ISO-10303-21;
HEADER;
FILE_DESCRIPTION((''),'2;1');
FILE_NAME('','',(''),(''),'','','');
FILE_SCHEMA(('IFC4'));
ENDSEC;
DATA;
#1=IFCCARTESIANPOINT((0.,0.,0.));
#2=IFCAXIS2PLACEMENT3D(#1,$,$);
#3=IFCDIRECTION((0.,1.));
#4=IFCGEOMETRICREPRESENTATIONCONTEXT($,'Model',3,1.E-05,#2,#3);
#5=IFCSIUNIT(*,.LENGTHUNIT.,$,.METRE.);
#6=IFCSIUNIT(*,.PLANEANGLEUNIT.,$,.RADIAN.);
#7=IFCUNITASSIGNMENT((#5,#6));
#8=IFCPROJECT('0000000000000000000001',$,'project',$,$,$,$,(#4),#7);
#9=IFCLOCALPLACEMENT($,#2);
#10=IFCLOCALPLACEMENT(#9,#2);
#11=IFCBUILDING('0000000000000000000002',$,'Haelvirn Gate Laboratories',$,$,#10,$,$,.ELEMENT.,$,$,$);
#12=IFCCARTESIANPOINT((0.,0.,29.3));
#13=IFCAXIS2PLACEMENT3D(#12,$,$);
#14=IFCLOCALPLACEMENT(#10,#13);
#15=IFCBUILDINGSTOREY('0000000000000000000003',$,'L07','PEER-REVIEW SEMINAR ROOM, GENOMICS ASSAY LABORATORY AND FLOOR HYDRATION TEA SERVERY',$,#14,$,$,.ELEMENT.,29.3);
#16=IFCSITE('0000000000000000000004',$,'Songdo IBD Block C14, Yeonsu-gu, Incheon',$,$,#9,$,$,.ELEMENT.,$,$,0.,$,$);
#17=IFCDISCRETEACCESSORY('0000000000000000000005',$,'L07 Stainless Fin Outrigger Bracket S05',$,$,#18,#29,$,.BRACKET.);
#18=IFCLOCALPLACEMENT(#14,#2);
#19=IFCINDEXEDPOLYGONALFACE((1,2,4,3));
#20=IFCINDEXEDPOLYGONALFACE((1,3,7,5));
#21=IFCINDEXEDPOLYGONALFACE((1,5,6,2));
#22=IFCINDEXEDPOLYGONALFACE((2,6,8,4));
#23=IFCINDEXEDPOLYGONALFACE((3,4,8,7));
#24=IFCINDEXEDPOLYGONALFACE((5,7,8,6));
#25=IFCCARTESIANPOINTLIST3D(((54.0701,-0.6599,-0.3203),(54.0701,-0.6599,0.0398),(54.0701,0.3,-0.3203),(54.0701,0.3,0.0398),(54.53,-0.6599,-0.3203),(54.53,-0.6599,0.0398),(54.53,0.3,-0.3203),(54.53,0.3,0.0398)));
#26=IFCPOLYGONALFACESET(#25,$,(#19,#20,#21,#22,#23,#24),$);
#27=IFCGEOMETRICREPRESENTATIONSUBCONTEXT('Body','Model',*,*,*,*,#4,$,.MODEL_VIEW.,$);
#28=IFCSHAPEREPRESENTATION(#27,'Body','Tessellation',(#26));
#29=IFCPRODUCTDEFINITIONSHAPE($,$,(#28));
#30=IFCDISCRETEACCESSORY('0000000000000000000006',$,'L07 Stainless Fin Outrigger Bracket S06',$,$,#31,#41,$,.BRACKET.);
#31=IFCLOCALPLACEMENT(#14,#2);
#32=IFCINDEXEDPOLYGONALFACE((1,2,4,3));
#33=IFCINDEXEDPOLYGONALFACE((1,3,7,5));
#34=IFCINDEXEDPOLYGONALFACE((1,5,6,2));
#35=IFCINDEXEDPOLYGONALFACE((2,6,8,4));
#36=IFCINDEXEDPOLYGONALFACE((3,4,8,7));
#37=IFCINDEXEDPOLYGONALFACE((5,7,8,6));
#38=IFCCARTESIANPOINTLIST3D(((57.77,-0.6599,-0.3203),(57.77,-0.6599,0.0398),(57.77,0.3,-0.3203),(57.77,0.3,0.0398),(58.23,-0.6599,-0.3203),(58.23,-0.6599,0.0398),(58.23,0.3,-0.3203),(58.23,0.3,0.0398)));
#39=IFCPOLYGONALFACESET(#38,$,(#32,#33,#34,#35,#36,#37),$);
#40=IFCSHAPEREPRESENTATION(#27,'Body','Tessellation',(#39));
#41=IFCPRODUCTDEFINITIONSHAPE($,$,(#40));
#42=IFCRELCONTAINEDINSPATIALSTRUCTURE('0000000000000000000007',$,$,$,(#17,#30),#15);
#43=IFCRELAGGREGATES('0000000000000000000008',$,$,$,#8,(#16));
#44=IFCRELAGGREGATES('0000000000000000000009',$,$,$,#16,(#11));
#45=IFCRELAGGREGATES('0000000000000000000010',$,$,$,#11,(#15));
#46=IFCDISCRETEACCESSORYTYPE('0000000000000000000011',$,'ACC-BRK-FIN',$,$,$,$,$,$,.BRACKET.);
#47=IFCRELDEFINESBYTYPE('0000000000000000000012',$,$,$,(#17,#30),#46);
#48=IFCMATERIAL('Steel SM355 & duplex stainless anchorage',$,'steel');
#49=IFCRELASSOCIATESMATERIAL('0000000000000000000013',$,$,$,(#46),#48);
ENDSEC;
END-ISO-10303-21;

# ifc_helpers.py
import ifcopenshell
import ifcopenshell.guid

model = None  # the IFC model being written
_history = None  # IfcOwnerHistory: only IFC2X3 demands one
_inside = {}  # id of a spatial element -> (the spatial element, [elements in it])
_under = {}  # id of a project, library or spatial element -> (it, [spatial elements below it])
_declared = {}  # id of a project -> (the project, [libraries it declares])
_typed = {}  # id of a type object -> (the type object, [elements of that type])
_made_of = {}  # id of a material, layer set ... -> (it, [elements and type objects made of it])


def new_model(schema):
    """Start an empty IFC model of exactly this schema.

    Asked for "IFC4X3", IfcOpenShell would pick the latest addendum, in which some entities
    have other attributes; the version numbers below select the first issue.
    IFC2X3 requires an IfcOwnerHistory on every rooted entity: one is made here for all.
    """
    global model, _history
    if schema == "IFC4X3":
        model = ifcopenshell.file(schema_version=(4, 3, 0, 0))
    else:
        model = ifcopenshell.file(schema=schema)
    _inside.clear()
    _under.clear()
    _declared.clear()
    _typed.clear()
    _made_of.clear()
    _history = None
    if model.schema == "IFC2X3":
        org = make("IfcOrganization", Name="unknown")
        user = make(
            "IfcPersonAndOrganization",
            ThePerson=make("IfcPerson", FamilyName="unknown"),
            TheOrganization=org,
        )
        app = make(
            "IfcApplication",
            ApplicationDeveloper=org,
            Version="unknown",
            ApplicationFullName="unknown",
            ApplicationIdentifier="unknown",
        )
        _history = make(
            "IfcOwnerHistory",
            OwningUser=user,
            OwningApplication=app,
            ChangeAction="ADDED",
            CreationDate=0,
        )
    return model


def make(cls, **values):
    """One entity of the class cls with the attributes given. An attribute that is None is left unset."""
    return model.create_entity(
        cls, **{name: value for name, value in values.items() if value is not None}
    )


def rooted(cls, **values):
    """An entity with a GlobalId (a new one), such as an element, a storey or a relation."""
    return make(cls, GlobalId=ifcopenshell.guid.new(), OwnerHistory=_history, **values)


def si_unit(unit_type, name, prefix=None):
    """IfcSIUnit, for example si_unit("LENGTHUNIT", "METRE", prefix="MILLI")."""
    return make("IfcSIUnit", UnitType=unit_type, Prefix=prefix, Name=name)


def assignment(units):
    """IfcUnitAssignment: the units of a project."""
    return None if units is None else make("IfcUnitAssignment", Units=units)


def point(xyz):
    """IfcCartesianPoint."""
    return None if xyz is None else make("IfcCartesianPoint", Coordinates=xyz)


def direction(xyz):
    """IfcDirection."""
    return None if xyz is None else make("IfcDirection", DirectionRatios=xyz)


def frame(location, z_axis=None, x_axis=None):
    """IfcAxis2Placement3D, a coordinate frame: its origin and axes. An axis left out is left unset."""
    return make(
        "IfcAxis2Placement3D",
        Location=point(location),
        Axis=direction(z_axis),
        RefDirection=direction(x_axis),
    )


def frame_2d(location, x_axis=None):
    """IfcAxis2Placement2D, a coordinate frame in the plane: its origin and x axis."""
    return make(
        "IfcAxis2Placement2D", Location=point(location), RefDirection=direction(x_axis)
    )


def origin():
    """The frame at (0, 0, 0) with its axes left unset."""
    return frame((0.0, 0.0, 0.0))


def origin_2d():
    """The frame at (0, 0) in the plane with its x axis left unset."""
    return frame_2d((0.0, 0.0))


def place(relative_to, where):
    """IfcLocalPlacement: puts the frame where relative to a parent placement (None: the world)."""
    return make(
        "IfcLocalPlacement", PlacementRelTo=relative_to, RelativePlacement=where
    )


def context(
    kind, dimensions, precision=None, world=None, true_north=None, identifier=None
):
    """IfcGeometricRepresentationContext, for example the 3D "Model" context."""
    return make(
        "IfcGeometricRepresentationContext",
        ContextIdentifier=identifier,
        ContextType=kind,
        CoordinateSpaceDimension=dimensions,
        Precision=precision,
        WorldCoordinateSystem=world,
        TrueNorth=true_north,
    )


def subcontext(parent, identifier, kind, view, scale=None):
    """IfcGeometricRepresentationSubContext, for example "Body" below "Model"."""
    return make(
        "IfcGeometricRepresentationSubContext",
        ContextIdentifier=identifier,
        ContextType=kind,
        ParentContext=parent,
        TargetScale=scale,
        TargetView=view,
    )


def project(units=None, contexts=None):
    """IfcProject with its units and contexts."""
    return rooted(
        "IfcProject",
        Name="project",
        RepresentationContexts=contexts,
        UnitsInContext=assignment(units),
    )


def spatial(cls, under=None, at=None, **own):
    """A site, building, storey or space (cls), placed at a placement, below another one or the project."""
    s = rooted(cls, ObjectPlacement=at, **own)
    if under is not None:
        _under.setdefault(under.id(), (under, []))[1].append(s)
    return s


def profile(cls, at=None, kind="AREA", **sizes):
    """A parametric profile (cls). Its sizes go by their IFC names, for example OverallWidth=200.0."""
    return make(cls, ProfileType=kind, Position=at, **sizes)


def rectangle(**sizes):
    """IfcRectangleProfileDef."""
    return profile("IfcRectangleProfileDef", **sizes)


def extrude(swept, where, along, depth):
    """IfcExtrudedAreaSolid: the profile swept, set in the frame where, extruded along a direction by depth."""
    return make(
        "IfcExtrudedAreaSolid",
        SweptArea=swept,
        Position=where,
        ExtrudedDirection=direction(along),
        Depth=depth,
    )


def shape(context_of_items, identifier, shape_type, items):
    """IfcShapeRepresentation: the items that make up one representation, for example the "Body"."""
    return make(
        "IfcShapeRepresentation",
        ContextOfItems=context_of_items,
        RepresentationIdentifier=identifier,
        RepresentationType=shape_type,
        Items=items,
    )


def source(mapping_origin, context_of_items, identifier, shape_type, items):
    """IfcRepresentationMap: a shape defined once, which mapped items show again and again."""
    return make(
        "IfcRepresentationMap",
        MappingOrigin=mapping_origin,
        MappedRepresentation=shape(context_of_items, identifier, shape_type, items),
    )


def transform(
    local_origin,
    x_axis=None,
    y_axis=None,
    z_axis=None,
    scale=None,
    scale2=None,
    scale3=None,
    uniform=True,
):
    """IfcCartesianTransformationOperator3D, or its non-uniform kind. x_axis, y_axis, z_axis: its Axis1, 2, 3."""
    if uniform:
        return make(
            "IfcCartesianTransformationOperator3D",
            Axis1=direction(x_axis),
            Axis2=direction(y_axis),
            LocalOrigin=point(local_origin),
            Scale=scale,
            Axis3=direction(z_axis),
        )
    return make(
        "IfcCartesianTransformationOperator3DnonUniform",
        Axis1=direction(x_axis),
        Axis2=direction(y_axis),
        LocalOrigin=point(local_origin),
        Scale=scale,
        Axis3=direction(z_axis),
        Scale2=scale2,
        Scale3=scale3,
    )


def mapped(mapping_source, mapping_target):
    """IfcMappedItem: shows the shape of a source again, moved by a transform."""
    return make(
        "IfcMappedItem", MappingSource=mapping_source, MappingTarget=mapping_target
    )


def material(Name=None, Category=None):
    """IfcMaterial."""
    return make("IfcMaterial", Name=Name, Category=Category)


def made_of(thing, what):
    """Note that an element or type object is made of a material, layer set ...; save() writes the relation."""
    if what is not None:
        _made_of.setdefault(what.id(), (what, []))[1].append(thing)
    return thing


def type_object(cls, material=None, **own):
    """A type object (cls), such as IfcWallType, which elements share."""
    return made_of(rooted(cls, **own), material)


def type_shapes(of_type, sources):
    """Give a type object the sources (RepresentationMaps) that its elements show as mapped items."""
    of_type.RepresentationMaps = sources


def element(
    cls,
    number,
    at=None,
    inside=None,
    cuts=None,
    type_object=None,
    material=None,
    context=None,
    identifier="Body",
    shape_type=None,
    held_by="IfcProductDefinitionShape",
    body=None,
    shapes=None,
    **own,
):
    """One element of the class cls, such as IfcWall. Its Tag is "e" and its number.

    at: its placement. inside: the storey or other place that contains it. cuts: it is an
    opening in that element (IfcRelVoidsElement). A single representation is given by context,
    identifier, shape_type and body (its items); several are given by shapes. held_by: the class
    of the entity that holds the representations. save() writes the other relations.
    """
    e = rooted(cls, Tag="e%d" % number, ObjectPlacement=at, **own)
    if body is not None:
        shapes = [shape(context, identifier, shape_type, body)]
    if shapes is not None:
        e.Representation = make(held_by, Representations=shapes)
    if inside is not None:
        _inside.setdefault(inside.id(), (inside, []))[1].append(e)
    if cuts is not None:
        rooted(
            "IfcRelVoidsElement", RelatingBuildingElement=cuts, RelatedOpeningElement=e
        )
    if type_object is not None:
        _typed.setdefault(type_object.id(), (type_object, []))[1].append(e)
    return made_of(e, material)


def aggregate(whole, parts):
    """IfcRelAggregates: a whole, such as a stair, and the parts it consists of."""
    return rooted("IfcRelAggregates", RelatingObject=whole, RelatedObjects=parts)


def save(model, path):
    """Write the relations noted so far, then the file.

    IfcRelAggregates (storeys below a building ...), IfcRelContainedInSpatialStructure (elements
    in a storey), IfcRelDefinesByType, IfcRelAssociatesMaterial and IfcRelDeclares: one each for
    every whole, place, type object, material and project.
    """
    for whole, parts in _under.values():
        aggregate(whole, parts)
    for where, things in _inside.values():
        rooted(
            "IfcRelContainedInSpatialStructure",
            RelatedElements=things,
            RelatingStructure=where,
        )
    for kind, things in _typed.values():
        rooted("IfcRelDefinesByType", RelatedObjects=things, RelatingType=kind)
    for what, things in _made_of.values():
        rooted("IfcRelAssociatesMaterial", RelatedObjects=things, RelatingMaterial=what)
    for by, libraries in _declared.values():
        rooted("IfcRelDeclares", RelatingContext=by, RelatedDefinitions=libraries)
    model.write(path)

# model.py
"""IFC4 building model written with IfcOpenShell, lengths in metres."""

from ifc_helpers import new_model, si_unit, direction, frame, origin, origin_2d, place, context, subcontext, project, spatial, rectangle, extrude, source, transform, mapped, material, type_object, type_shapes, element, save


model = new_model("IFC4")

# Units and contexts
model_context = context("Model", 3, precision=1e-05, world=origin(), true_north=direction((0.0, 1.0)))
body_context = subcontext(model_context, "Body", "Model", "MODEL_VIEW")
ifc_project = project(units=[si_unit("LENGTHUNIT", "METRE"), si_unit("PLANEANGLEUNIT", "RADIAN")], contexts=[model_context])

# Site, building, storey
site_placement = place(None, origin())
site = spatial("IfcSite", under=ifc_project, at=site_placement, Name="Songdo IBD Block C14, Yeonsu-gu, Incheon", CompositionType="ELEMENT", RefElevation=0.0)
building_placement = place(site_placement, origin())
building = spatial("IfcBuilding", under=site, at=building_placement, Name="Haelvirn Gate Laboratories", CompositionType="ELEMENT")
storey_placement = place(building_placement, frame((0.0, 0.0, 29.3)))
storey = spatial("IfcBuildingStorey", under=building, at=storey_placement, Name="L07", Description="PEER-REVIEW SEMINAR ROOM, GENOMICS ASSAY LABORATORY AND FLOOR HYDRATION TEA SERVERY", CompositionType="ELEMENT", Elevation=29.3)

# Discrete accessories
ifc_material_1 = material(Name="Steel SM355 & duplex stainless anchorage", Category="steel")
discrete_accessory_type = type_object("IfcDiscreteAccessoryType", Name="ACC-BRK-FIN", PredefinedType="BRACKET", material=ifc_material_1)
shared_shape_1 = source(origin(), body_context, "Body", "SweptSolid", [
    extrude(rectangle(XDim=0.46, YDim=0.96, at=origin_2d()), origin(), (0.0, 0.0, 1.0), 0.3601),
])
type_shapes(discrete_accessory_type, [shared_shape_1])
for number, where, z_axis, x_axis, name in (
    (1, (54.3, -0.1799, -0.3203), (0.0, 0.0, 1.0), (1.0, 0.0, 0.0), "L07 Stainless Fin Outrigger Bracket S05"),
    (2, (58.0, -0.1799, -0.3203), (0.0, 0.0, 1.0), (1.0, 0.0, 0.0), "L07 Stainless Fin Outrigger Bracket S06"),
):
    element("IfcDiscreteAccessory", number, at=place(storey_placement, frame(where, z_axis=z_axis, x_axis=x_axis)), inside=storey, type_object=discrete_accessory_type, Name=name, PredefinedType="BRACKET", context=body_context, shape_type="MappedRepresentation", body=[
        mapped(shared_shape_1, transform((0.0, 0.0, 0.0), scale=1.0)),
    ])

save(model, "model.ifc")
